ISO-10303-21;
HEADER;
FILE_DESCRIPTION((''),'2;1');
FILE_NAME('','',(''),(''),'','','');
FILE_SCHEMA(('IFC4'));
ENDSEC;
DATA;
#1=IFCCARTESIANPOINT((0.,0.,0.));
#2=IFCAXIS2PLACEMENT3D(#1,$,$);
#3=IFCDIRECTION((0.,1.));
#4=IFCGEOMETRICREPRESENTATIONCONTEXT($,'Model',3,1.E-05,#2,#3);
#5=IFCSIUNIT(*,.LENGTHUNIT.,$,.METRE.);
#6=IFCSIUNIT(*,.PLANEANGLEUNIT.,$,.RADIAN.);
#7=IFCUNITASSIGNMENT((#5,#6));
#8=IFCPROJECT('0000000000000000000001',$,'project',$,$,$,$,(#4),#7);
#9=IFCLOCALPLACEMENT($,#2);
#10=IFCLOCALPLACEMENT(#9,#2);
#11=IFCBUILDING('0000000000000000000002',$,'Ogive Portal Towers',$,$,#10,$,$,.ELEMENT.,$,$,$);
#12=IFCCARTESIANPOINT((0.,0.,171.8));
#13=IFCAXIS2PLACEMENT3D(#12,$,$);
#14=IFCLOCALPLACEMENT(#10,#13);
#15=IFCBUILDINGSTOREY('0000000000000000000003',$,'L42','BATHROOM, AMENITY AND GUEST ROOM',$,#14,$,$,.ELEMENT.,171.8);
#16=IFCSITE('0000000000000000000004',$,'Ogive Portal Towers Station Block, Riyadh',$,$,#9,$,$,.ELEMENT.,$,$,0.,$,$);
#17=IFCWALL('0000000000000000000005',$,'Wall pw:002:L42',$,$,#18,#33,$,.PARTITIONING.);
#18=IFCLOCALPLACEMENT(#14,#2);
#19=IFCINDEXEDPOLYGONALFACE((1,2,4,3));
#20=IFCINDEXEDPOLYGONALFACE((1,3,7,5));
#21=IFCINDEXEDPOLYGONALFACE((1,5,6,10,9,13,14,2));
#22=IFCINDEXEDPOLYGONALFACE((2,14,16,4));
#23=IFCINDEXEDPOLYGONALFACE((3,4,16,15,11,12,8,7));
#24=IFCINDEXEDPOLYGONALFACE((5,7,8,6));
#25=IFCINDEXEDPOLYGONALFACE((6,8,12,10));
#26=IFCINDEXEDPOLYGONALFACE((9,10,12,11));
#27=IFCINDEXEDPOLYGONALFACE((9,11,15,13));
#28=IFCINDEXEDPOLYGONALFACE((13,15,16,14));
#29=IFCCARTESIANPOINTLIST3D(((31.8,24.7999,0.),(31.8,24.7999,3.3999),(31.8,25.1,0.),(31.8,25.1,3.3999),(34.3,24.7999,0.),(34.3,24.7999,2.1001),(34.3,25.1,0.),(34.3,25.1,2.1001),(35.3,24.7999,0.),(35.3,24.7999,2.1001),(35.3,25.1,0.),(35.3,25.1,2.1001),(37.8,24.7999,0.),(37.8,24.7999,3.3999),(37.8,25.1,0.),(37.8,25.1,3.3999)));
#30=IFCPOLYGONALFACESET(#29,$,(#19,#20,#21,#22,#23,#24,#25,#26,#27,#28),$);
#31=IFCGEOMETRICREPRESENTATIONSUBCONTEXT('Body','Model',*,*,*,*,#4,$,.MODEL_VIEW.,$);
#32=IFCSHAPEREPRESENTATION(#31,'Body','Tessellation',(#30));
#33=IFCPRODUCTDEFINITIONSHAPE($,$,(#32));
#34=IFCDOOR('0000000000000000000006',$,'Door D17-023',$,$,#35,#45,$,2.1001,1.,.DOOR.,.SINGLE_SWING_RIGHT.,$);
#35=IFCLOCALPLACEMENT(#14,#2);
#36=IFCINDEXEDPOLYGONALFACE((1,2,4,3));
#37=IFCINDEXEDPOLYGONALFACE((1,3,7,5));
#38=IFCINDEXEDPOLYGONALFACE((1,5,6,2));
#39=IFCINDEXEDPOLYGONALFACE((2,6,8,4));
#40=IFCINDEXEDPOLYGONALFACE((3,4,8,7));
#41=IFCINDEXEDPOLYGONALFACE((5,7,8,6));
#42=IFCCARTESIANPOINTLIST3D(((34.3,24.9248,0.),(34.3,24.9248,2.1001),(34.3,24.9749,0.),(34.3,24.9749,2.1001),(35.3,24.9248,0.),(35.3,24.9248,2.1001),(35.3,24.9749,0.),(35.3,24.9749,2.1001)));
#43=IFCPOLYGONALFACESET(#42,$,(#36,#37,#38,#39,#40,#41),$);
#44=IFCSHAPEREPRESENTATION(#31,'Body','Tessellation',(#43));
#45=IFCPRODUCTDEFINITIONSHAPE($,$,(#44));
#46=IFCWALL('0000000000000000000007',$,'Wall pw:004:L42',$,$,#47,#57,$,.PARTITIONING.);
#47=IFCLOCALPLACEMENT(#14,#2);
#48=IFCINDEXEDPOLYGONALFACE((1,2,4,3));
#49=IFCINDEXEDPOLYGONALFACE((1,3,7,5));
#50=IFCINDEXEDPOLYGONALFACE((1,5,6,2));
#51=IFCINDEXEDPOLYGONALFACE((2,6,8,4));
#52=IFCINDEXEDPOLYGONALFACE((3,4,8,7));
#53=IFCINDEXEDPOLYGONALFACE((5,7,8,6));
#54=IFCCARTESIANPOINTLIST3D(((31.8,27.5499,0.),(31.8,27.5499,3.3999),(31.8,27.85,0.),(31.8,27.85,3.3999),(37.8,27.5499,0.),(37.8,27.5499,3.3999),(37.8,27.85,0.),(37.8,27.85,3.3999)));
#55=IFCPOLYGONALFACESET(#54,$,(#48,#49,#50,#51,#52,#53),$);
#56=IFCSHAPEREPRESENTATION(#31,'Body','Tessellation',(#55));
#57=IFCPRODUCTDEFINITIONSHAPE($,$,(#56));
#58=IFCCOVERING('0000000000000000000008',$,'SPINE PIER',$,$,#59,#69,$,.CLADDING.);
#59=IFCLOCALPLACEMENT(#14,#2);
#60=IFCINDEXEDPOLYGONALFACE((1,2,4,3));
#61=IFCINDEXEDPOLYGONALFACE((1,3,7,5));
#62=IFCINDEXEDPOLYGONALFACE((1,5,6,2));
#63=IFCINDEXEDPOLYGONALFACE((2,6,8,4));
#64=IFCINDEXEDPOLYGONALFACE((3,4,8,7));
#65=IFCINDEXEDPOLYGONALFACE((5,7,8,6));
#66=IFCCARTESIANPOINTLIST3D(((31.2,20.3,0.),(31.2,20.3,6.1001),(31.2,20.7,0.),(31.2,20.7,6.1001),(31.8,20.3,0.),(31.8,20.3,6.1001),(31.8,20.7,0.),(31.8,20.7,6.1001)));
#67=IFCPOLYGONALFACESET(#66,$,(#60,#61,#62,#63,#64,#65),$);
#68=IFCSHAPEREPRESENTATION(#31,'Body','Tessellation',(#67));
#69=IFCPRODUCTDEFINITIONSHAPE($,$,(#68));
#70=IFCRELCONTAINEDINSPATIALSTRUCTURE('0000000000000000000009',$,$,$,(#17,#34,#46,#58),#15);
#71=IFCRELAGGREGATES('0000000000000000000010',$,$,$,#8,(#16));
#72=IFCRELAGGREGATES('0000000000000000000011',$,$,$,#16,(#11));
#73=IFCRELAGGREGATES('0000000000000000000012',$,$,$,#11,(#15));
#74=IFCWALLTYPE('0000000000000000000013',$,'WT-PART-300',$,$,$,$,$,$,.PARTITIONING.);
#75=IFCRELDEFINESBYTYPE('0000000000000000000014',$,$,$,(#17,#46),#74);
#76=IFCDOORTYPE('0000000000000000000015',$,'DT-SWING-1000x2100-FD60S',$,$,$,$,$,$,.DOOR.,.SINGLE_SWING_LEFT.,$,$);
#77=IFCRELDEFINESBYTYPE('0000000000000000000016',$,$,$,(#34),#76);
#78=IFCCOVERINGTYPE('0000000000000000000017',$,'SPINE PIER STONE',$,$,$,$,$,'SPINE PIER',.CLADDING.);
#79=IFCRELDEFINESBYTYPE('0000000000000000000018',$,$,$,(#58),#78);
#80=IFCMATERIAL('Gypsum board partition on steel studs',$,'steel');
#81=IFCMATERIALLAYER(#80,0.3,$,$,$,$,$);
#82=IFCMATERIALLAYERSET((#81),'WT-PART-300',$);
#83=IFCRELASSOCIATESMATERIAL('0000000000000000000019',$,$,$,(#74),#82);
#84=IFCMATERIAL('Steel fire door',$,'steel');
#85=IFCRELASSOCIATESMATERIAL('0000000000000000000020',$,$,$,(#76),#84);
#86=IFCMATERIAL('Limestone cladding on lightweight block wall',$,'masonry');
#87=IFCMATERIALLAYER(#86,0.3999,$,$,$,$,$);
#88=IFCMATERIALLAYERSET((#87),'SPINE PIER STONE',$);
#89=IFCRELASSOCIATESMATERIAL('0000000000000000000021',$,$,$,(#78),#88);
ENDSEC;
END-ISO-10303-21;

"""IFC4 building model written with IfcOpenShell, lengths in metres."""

from ifc_helpers import new_model, si_unit, direction, frame, frame_2d, origin, origin_2d, place, context, subcontext, project, spatial, rectangle, extrude, material, layer, layer_set, type_object, element, fill, save


model = new_model("IFC4")

# Units and contexts
model_context = context("Model", 3, precision=1e-05, world=origin(), true_north=direction((0.0, 1.0)))
body_context = subcontext(model_context, "Body", "Model", "MODEL_VIEW")
ifc_project = project(units=[si_unit("LENGTHUNIT", "METRE"), si_unit("PLANEANGLEUNIT", "RADIAN")], contexts=[model_context])

# Site, building, storey
site_placement = place(None, origin())
site = spatial("IfcSite", under=ifc_project, at=site_placement, Name="Ogive Portal Towers Station Block, Riyadh", CompositionType="ELEMENT", RefElevation=0.0)
building_placement = place(site_placement, origin())
building = spatial("IfcBuilding", under=site, at=building_placement, Name="Ogive Portal Towers", CompositionType="ELEMENT")
storey_placement = place(building_placement, frame((0.0, 0.0, 171.8)))
storey = spatial("IfcBuildingStorey", under=building, at=storey_placement, Name="L42", Description="BATHROOM, AMENITY AND GUEST ROOM", CompositionType="ELEMENT", Elevation=171.8)

# Shared definitions
ifc_material_1 = material(Name="Steel fire door", Category="steel")

# Shared definitions
ifc_material_2 = material(Name="Limestone cladding on lightweight block wall", Category="masonry")

# Wall, opening, door
ifc_material_3 = material(Name="Gypsum board partition on steel studs", Category="steel")
ifc_layer_1 = layer(ifc_material_3, 0.3)
ifc_layer_set_1 = layer_set([ifc_layer_1], Name="WT-PART-300")
wall_type_1 = type_object("IfcWallType", Name="WT-PART-300", PredefinedType="PARTITIONING", material=ifc_layer_set_1)
wall_1_placement = place(storey_placement, frame((31.8, 24.95, 0.0), z_axis=(0.0, 0.0, 1.0), x_axis=(1.0, 0.0, 0.0)))
wall_1 = element("IfcWall", 1, at=wall_1_placement, inside=storey, type_object=wall_type_1, Name="Wall pw:002:L42", PredefinedType="PARTITIONING", context=body_context, shape_type="SweptSolid", body=[
    extrude(rectangle(XDim=6.0, YDim=0.3, at=frame_2d((3.0, 0.0))), origin(), (0.0, 0.0, 1.0), 3.3999),
])
opening_1_placement = place(wall_1_placement, frame((2.5, 0.0, 0.0)))
opening_1 = element("IfcOpeningElement", 2, at=opening_1_placement, cuts=wall_1, PredefinedType="OPENING", context=body_context, shape_type="SweptSolid", body=[
    extrude(rectangle(XDim=1.0, YDim=2.1001, at=frame_2d((0.5, 1.05))), frame((0.0, 0.1602, 0.0), z_axis=(0.0, -1.0, 0.0), x_axis=(1.0, 0.0, 0.0)), (0.0, 0.0, 1.0), 0.3201),
])
door_type_1 = type_object("IfcDoorType", Name="DT-SWING-1000x2100-FD60S", OperationType="SINGLE_SWING_LEFT", PredefinedType="DOOR", material=ifc_material_1)
door_1_placement = place(opening_1_placement, origin())
door_1 = element("IfcDoor", 3, at=door_1_placement, inside=storey, type_object=door_type_1, Name="Door D17-023", OperationType="SINGLE_SWING_RIGHT", OverallHeight=2.1001, OverallWidth=1.0, PredefinedType="DOOR", context=body_context, shape_type="SweptSolid", body=[
    extrude(rectangle(XDim=1.0, YDim=2.1001, at=frame_2d((0.5, 1.05))), frame((0.0, 0.0249, 0.0), z_axis=(0.0, -1.0, 0.0), x_axis=(1.0, 0.0, 0.0)), (0.0, 0.0, 1.0), 0.05),
])
fill(opening_1, door_1)

# Wall
wall_2_placement = place(storey_placement, frame((31.8, 27.7, 0.0), z_axis=(0.0, 0.0, 1.0), x_axis=(1.0, 0.0, 0.0)))
element("IfcWall", 4, at=wall_2_placement, inside=storey, type_object=wall_type_1, Name="Wall pw:004:L42", PredefinedType="PARTITIONING", context=body_context, shape_type="SweptSolid", body=[
    extrude(rectangle(XDim=6.0, YDim=0.3, at=frame_2d((3.0, 0.0))), origin(), (0.0, 0.0, 1.0), 3.3999),
])

# Covering
ifc_layer_2 = layer(ifc_material_2, 0.3999)
ifc_layer_set_2 = layer_set([ifc_layer_2], Name="SPINE PIER STONE")
covering_type = type_object("IfcCoveringType", Name="SPINE PIER STONE", ElementType="SPINE PIER", PredefinedType="CLADDING", material=ifc_layer_set_2)
covering_placement = place(storey_placement, frame((31.5, 20.5, 0.0), z_axis=(0.0, 0.0, 1.0), x_axis=(1.0, 0.0, 0.0)))
element("IfcCovering", 5, at=covering_placement, inside=storey, type_object=covering_type, Name="SPINE PIER", PredefinedType="CLADDING", context=body_context, shape_type="SweptSolid", body=[
    extrude(rectangle(XDim=0.6001, YDim=0.3999, at=origin_2d()), origin(), (0.0, 0.0, 1.0), 6.1001),
])

save(model, "model.ifc")
